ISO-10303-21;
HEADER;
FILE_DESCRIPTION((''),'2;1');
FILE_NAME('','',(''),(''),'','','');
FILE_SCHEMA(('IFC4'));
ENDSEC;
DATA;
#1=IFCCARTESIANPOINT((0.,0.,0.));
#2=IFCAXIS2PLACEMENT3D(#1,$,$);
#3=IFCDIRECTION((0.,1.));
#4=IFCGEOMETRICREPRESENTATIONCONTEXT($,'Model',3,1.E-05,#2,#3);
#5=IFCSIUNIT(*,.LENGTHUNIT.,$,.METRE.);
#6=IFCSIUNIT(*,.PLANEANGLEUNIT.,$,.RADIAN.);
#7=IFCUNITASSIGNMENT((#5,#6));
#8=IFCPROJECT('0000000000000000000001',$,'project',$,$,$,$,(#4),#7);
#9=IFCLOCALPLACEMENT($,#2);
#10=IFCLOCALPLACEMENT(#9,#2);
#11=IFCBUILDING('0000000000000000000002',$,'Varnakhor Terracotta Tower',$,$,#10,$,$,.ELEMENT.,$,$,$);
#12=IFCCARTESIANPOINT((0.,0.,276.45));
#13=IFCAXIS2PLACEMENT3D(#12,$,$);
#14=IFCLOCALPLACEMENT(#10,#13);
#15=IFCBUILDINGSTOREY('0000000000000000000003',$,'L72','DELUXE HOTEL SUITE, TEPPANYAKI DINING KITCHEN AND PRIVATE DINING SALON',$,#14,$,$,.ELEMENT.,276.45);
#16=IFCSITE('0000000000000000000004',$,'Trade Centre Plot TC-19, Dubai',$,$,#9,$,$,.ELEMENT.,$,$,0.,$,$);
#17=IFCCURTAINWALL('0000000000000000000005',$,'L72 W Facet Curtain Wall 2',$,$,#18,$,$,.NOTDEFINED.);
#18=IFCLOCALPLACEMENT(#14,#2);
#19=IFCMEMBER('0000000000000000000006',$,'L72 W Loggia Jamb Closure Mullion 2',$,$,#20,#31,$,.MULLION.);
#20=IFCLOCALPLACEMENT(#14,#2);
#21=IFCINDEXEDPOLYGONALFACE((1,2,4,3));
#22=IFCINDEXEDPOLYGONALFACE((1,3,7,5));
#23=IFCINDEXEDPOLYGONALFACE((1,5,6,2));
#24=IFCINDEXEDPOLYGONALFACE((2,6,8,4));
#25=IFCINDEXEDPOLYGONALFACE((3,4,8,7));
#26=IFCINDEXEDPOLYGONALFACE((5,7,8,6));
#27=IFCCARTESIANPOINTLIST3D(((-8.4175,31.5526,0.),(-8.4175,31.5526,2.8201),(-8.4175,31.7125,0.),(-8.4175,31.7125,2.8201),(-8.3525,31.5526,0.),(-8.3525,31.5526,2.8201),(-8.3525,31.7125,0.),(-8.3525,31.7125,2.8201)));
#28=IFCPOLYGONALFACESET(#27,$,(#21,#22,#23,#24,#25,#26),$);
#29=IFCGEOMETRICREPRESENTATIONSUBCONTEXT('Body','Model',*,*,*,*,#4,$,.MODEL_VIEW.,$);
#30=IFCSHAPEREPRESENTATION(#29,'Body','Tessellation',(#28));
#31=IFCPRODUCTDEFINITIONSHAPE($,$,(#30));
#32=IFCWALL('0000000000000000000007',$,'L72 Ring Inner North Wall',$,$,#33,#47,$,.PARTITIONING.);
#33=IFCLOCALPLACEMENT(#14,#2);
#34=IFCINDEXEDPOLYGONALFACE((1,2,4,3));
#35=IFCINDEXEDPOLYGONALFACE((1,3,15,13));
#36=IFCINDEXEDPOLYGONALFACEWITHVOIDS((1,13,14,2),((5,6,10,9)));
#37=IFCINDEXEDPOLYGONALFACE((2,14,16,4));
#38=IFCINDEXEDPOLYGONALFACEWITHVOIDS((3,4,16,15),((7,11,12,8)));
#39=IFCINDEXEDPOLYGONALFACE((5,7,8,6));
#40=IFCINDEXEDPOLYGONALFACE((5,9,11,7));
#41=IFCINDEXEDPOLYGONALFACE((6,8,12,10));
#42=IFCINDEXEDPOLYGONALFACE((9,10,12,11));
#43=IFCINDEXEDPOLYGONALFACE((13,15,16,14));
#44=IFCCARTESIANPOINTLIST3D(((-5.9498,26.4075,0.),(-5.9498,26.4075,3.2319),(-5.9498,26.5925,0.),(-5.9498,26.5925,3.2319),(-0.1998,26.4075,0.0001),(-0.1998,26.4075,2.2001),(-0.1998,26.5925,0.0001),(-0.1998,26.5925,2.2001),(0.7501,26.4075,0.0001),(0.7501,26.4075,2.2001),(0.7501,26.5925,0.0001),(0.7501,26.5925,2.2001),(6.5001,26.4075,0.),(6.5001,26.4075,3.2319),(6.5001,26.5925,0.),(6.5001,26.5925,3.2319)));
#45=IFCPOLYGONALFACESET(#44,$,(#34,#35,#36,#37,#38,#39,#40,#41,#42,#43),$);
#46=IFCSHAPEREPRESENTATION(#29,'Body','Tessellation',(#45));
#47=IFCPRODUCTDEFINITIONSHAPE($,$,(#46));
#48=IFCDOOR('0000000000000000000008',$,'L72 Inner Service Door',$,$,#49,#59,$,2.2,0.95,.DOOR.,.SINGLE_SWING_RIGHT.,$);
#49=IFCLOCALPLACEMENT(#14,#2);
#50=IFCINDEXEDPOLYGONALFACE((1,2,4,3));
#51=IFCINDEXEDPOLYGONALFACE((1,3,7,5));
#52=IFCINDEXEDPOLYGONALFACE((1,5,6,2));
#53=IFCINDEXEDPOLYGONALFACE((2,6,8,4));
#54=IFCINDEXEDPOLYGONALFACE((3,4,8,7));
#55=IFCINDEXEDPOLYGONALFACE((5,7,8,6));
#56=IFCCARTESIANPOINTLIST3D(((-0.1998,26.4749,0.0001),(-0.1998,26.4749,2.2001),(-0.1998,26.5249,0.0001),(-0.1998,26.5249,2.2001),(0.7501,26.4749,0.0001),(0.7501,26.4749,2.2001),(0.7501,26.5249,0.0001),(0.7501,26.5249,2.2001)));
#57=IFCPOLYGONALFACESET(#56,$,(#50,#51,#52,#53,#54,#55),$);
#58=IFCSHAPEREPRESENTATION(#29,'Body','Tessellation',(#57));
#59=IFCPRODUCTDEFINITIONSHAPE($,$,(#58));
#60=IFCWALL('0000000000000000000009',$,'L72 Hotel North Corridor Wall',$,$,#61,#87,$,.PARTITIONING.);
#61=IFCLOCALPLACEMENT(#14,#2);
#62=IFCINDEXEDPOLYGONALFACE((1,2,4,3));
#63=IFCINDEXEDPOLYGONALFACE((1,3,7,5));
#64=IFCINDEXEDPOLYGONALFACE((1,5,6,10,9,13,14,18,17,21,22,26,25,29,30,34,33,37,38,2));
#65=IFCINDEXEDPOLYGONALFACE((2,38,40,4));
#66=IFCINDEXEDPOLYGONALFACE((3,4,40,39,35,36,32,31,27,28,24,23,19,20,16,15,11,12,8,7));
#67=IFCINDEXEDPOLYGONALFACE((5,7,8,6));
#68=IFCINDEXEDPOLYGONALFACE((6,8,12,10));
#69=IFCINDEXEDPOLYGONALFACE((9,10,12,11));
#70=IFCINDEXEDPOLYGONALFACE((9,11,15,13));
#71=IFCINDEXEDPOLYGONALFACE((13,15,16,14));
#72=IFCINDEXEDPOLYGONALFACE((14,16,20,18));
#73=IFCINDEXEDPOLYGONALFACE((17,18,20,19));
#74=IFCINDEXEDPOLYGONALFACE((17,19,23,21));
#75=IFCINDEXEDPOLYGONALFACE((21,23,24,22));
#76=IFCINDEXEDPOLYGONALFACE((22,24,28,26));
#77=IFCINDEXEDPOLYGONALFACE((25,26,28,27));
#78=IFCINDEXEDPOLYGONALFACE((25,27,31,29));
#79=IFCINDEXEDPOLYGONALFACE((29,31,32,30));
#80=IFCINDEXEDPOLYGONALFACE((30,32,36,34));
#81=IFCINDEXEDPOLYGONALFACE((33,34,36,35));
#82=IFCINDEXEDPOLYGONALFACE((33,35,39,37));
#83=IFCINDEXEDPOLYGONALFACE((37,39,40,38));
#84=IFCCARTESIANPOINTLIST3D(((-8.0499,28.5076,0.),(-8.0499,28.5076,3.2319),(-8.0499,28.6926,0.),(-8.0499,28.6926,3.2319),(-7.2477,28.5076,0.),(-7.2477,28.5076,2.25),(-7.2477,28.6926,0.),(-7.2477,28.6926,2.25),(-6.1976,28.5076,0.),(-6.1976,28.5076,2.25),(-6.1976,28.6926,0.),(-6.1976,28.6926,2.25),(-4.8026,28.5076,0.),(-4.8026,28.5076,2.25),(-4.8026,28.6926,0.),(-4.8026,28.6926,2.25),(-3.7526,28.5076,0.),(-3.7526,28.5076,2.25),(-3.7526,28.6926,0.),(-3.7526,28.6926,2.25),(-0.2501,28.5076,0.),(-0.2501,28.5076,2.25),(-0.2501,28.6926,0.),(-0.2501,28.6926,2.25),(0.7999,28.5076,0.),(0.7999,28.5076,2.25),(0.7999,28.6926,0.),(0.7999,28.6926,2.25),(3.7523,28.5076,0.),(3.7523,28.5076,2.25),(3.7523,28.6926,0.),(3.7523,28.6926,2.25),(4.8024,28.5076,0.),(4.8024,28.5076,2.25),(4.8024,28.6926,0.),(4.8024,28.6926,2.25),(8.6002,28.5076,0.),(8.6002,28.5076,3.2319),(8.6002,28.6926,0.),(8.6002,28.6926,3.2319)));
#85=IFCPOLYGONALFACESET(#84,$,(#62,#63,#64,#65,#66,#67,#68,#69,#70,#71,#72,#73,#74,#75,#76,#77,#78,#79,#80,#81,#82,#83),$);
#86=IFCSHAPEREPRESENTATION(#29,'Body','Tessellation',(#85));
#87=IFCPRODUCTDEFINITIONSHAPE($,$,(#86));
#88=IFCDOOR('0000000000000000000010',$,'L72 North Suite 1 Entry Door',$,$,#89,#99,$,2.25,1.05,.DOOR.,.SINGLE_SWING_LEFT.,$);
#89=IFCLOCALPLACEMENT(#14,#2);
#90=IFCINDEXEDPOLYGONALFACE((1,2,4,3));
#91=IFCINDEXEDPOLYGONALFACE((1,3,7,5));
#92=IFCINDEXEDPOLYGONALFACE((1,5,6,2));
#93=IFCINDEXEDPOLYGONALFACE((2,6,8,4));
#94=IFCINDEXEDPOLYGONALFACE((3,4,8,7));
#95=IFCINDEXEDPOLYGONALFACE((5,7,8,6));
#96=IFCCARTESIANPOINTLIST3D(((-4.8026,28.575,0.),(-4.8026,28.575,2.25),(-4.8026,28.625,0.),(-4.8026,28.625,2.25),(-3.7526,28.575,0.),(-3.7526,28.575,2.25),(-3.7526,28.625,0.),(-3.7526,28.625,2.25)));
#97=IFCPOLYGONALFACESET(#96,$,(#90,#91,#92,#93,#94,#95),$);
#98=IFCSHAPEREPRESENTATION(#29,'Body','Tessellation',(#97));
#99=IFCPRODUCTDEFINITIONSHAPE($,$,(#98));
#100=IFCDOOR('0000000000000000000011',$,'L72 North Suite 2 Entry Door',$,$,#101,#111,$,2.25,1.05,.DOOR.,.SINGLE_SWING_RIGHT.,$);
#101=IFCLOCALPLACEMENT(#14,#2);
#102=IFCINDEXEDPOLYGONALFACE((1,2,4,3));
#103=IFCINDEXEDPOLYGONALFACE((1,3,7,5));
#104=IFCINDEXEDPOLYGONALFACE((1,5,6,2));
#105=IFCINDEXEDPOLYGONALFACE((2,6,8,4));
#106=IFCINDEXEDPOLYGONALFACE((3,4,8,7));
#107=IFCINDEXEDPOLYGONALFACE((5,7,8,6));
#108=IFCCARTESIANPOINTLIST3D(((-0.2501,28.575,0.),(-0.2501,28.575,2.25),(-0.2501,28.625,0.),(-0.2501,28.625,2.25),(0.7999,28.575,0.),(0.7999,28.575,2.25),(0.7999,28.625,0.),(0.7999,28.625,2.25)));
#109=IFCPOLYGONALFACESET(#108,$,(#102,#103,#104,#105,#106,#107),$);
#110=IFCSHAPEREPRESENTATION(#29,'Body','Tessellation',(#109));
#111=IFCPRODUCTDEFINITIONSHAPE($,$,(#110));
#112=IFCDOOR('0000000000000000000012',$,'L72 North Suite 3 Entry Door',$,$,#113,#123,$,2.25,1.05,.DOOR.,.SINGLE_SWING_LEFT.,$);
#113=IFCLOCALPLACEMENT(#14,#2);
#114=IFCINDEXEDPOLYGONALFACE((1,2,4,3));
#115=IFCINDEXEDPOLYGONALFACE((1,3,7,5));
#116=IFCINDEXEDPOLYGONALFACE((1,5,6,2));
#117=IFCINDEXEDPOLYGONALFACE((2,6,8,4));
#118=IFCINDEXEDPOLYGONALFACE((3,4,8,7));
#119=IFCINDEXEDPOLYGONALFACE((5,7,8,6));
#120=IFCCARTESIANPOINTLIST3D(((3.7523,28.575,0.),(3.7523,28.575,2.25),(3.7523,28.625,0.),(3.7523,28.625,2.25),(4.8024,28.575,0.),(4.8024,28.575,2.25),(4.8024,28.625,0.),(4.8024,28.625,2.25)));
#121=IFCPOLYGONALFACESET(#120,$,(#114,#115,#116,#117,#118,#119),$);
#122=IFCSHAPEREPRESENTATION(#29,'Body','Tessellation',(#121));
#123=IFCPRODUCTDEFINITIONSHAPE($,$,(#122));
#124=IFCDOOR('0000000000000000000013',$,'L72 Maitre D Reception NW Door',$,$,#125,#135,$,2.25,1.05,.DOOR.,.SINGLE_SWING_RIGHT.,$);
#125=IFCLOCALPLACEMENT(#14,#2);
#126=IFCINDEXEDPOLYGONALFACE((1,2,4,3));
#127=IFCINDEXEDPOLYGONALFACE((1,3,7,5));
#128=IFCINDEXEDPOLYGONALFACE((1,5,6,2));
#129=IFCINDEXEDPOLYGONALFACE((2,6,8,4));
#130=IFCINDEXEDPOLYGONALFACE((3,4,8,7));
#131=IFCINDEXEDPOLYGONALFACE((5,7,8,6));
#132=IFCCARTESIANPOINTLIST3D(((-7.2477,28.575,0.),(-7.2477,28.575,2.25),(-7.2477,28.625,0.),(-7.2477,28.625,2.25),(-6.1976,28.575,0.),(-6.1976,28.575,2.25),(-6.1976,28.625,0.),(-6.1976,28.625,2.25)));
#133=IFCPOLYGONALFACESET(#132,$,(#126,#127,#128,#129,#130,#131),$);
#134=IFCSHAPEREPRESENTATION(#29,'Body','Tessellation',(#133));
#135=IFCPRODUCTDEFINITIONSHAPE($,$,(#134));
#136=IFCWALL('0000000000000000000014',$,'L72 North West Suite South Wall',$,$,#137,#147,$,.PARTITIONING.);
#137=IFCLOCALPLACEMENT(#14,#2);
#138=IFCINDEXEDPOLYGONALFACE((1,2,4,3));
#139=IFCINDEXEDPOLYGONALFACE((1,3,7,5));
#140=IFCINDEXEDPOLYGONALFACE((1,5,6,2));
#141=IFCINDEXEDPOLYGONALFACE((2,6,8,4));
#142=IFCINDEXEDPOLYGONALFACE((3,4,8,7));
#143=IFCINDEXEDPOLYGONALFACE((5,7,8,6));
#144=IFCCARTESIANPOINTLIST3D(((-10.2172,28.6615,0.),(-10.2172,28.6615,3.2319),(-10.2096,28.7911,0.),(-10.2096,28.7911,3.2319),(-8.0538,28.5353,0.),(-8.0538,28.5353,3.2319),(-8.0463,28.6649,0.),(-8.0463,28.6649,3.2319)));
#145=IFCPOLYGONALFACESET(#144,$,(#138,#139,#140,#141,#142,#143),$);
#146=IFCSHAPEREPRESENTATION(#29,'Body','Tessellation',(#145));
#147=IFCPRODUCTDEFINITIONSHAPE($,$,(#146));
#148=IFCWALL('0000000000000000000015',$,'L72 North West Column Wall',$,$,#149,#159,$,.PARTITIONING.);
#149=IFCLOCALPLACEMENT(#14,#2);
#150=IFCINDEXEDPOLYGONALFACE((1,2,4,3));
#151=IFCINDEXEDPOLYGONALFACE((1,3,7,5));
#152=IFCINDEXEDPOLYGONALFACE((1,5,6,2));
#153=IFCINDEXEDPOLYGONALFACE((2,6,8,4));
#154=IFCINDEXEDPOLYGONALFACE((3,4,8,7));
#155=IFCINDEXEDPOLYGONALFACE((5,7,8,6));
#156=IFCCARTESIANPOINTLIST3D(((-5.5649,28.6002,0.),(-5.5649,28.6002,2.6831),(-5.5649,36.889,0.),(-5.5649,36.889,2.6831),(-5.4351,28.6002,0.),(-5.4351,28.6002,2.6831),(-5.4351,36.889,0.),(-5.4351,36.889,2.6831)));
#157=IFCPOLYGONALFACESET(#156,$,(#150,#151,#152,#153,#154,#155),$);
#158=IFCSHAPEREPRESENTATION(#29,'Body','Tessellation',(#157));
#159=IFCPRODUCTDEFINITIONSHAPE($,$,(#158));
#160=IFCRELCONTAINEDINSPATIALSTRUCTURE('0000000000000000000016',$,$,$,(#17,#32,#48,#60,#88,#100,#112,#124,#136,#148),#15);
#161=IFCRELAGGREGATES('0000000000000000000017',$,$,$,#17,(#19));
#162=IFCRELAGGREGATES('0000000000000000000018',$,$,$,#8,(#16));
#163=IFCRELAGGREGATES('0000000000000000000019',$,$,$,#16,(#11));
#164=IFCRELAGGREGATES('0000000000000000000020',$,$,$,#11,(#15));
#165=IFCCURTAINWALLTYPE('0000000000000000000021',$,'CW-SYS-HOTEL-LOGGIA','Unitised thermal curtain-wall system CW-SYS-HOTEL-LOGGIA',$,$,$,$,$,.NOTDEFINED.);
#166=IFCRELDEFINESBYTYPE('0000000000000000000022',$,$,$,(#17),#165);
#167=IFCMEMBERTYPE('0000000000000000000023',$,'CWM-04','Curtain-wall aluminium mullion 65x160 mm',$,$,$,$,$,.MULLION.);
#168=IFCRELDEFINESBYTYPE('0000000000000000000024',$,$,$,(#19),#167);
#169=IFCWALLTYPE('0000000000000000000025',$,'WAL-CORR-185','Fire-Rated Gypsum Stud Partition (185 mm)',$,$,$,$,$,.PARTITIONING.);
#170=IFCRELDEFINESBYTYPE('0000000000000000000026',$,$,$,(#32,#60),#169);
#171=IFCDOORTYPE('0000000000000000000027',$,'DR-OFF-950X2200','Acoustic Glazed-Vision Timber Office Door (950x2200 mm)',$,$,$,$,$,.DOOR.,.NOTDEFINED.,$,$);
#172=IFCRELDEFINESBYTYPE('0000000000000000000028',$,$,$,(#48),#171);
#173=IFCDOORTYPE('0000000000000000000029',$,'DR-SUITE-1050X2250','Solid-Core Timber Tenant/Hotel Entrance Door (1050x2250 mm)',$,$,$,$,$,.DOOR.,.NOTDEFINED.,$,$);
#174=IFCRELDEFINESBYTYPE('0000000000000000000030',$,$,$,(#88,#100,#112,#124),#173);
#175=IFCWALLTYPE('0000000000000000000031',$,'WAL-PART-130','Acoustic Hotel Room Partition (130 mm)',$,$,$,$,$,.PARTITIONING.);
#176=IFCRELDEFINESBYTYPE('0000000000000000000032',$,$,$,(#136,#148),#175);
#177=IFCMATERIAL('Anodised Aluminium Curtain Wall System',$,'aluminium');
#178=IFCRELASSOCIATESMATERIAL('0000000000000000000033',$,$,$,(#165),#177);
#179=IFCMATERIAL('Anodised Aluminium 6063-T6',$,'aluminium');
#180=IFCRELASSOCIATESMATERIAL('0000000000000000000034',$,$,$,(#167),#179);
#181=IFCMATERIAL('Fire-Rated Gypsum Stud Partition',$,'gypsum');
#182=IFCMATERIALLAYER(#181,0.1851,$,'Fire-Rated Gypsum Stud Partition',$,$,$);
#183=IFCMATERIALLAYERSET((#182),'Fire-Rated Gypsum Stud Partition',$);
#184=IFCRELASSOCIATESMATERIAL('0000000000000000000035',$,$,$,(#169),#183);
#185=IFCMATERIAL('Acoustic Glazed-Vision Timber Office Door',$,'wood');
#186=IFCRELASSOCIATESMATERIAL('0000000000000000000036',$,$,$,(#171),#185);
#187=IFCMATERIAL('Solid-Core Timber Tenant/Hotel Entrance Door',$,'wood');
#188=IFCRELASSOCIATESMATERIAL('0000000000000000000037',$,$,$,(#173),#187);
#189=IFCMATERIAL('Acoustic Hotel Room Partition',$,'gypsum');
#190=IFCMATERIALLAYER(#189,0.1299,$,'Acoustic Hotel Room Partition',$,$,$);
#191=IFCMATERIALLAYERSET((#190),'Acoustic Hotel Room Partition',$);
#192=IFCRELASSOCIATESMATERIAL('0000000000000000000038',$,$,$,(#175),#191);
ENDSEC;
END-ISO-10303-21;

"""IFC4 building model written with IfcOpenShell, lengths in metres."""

from ifc_helpers import new_model, si_unit, direction, frame, frame_2d, origin, origin_2d, place, context, subcontext, project, spatial, rectangle, extrude, source, transform, mapped, material, layer, layer_set, material_profile, profile_set, type_object, type_shapes, element, fill, aggregate, save


model = new_model("IFC4")

# Units and contexts
model_context = context("Model", 3, precision=1e-05, world=origin(), true_north=direction((0.0, 1.0)))
body_context = subcontext(model_context, "Body", "Model", "MODEL_VIEW")
ifc_project = project(units=[si_unit("LENGTHUNIT", "METRE"), si_unit("PLANEANGLEUNIT", "RADIAN")], contexts=[model_context])

# Site, building, storey
site_placement = place(None, origin())
site = spatial("IfcSite", under=ifc_project, at=site_placement, Name="Trade Centre Plot TC-19, Dubai", CompositionType="ELEMENT", RefElevation=0.0)
building_placement = place(site_placement, origin())
building = spatial("IfcBuilding", under=site, at=building_placement, Name="Varnakhor Terracotta Tower", CompositionType="ELEMENT")
storey_placement = place(building_placement, frame((0.0, 0.0, 276.45)))
storey = spatial("IfcBuildingStorey", under=building, at=storey_placement, Name="L72", Description="DELUXE HOTEL SUITE, TEPPANYAKI DINING KITCHEN AND PRIVATE DINING SALON", CompositionType="ELEMENT", Elevation=276.45)

# Curtain wall, member
ifc_material_1 = material(Name="Anodised Aluminium Curtain Wall System", Category="aluminium")
curtain_wall_type = type_object("IfcCurtainWallType", Name="CW-SYS-HOTEL-LOGGIA", Description="Unitised thermal curtain-wall system CW-SYS-HOTEL-LOGGIA", PredefinedType="NOTDEFINED", material=ifc_material_1)
curtain_wall_placement = place(storey_placement, origin())
curtain_wall = element("IfcCurtainWall", 1, at=curtain_wall_placement, inside=storey, type_object=curtain_wall_type, Name="L72 W Facet Curtain Wall 2", PredefinedType="NOTDEFINED")
ifc_material_2 = material(Name="Anodised Aluminium 6063-T6", Category="aluminium")
ifc_material_profile_1 = material_profile(ifc_material_2, rectangle(XDim=0.0649, YDim=0.1599, at=origin_2d()), Name="ALU MULLION 65x160")
ifc_profile_set_1 = profile_set([ifc_material_profile_1], Name="Anodised Aluminium 6063-T6")
member_type = type_object("IfcMemberType", Name="CWM-04", Description="Curtain-wall aluminium mullion 65x160 mm", PredefinedType="MULLION", material=ifc_profile_set_1)
shared_shape_1 = source(origin(), body_context, "Body", "SweptSolid", [
    extrude(rectangle(XDim=0.0649, YDim=0.1599, at=origin_2d()), origin(), (0.0, 0.0, 1.0), 2.8201),
])
type_shapes(member_type, [shared_shape_1])
member_placement = place(storey_placement, frame((-8.385, 31.6326, 0.0), z_axis=(0.0, 0.0, 1.0), x_axis=(1.0, 0.0, 0.0)))
member = element("IfcMember", 2, at=member_placement, type_object=member_type, Name="L72 W Loggia Jamb Closure Mullion 2", PredefinedType="MULLION", context=body_context, shape_type="MappedRepresentation", body=[
    mapped(shared_shape_1, transform((0.0, 0.0, 0.0), scale=1.0)),
])
aggregate(curtain_wall, [member])

# Wall, opening, door
ifc_material_3 = material(Name="Fire-Rated Gypsum Stud Partition", Category="gypsum")
ifc_layer_1 = layer(ifc_material_3, 0.1851, Name="Fire-Rated Gypsum Stud Partition")
ifc_layer_set_1 = layer_set([ifc_layer_1], Name="Fire-Rated Gypsum Stud Partition")
wall_type_1 = type_object("IfcWallType", Name="WAL-CORR-185", Description="Fire-Rated Gypsum Stud Partition (185 mm)", PredefinedType="PARTITIONING", material=ifc_layer_set_1)
wall_1_placement = place(storey_placement, frame((-5.95, 26.5, 0.0), z_axis=(0.0, 0.0, 1.0), x_axis=(1.0, 0.0, 0.0)))
wall_1 = element("IfcWall", 3, at=wall_1_placement, inside=storey, type_object=wall_type_1, Name="L72 Ring Inner North Wall", PredefinedType="PARTITIONING", context=body_context, shape_type="SweptSolid", body=[
    extrude(rectangle(XDim=12.45, YDim=0.1851, at=frame_2d((6.2251, 0.0))), origin(), (0.0, 0.0, 1.0), 3.2319),
])
opening_1_placement = place(wall_1_placement, frame((5.75, 0.0, 0.0)))
opening_1 = element("IfcOpeningElement", 4, at=opening_1_placement, cuts=wall_1, PredefinedType="OPENING", context=body_context, shape_type="SweptSolid", body=[
    extrude(rectangle(XDim=0.95, YDim=2.2, at=frame_2d((0.4751, 1.1001))), frame((0.0, 0.1025, 0.0), z_axis=(0.0, -1.0, 0.0), x_axis=(1.0, 0.0, 0.0)), (0.0, 0.0, 1.0), 0.2051),
])
ifc_material_4 = material(Name="Acoustic Glazed-Vision Timber Office Door", Category="wood")
door_type_1 = type_object("IfcDoorType", Name="DR-OFF-950X2200", Description="Acoustic Glazed-Vision Timber Office Door (950x2200 mm)", OperationType="NOTDEFINED", PredefinedType="DOOR", material=ifc_material_4)
shared_shape_2 = source(origin(), body_context, "Body", "SweptSolid", [
    extrude(rectangle(XDim=0.95, YDim=2.2, at=frame_2d((0.4751, 1.1001))), frame((0.0, 0.0249, 0.0), z_axis=(0.0, -1.0, 0.0), x_axis=(1.0, 0.0, 0.0)), (0.0, 0.0, 1.0), 0.05),
])
type_shapes(door_type_1, [shared_shape_2])
door_1_placement = place(opening_1_placement, origin())
door_1 = element("IfcDoor", 5, at=door_1_placement, inside=storey, type_object=door_type_1, Name="L72 Inner Service Door", OperationType="SINGLE_SWING_RIGHT", OverallHeight=2.2, OverallWidth=0.95, PredefinedType="DOOR", context=body_context, shape_type="MappedRepresentation", body=[
    mapped(shared_shape_2, transform((0.0, 0.0, 0.0), scale=1.0)),
])
fill(opening_1, door_1)

# Wall, openings, doors
wall_2_placement = place(storey_placement, frame((-8.05, 28.6001, 0.0), z_axis=(0.0, 0.0, 1.0), x_axis=(1.0, 0.0, 0.0)))
wall_2 = element("IfcWall", 6, at=wall_2_placement, inside=storey, type_object=wall_type_1, Name="L72 Hotel North Corridor Wall", PredefinedType="PARTITIONING", context=body_context, shape_type="SweptSolid", body=[
    extrude(rectangle(XDim=16.6501, YDim=0.1851, at=frame_2d((8.3252, 0.0))), origin(), (0.0, 0.0, 1.0), 3.2319),
])
opening_2_placement = place(wall_2_placement, frame((3.2476, 0.0, 0.0)))
opening_2 = element("IfcOpeningElement", 7, at=opening_2_placement, cuts=wall_2, PredefinedType="OPENING", context=body_context, shape_type="SweptSolid", body=[
    extrude(rectangle(XDim=1.05, YDim=2.25, at=frame_2d((0.5249, 1.125))), frame((0.0, 0.1025, 0.0), z_axis=(0.0, -1.0, 0.0), x_axis=(1.0, 0.0, 0.0)), (0.0, 0.0, 1.0), 0.2051),
])
opening_3_placement = place(wall_2_placement, frame((7.8, 0.0, 0.0)))
opening_3 = element("IfcOpeningElement", 8, at=opening_3_placement, cuts=wall_2, PredefinedType="OPENING", context=body_context, shape_type="SweptSolid", body=[
    extrude(rectangle(XDim=1.05, YDim=2.25, at=frame_2d((0.5249, 1.125))), frame((0.0, 0.1025, 0.0), z_axis=(0.0, -1.0, 0.0), x_axis=(1.0, 0.0, 0.0)), (0.0, 0.0, 1.0), 0.2051),
])
opening_4_placement = place(wall_2_placement, frame((11.8025, 0.0, 0.0)))
opening_4 = element("IfcOpeningElement", 9, at=opening_4_placement, cuts=wall_2, PredefinedType="OPENING", context=body_context, shape_type="SweptSolid", body=[
    extrude(rectangle(XDim=1.05, YDim=2.25, at=frame_2d((0.5249, 1.125))), frame((0.0, 0.1025, 0.0), z_axis=(0.0, -1.0, 0.0), x_axis=(1.0, 0.0, 0.0)), (0.0, 0.0, 1.0), 0.2051),
])
opening_5_placement = place(wall_2_placement, frame((0.8025, 0.0, 0.0)))
opening_5 = element("IfcOpeningElement", 10, at=opening_5_placement, cuts=wall_2, PredefinedType="OPENING", context=body_context, shape_type="SweptSolid", body=[
    extrude(rectangle(XDim=1.05, YDim=2.25, at=frame_2d((0.5249, 1.125))), frame((0.0, 0.1025, 0.0), z_axis=(0.0, -1.0, 0.0), x_axis=(1.0, 0.0, 0.0)), (0.0, 0.0, 1.0), 0.2051),
])
ifc_material_5 = material(Name="Solid-Core Timber Tenant/Hotel Entrance Door", Category="wood")
door_type_2 = type_object("IfcDoorType", Name="DR-SUITE-1050X2250", Description="Solid-Core Timber Tenant/Hotel Entrance Door (1050x2250 mm)", OperationType="NOTDEFINED", PredefinedType="DOOR", material=ifc_material_5)
shared_shape_3 = source(origin(), body_context, "Body", "SweptSolid", [
    extrude(rectangle(XDim=1.05, YDim=2.25, at=frame_2d((0.5249, 1.125))), frame((0.0, 0.0249, 0.0), z_axis=(0.0, -1.0, 0.0), x_axis=(1.0, 0.0, 0.0)), (0.0, 0.0, 1.0), 0.05),
])
type_shapes(door_type_2, [shared_shape_3])
door_2_placement = place(opening_2_placement, origin())
door_2 = element("IfcDoor", 11, at=door_2_placement, inside=storey, type_object=door_type_2, Name="L72 North Suite 1 Entry Door", OperationType="SINGLE_SWING_LEFT", OverallHeight=2.25, OverallWidth=1.05, PredefinedType="DOOR", context=body_context, shape_type="MappedRepresentation", body=[
    mapped(shared_shape_3, transform((0.0, 0.0, 0.0), scale=1.0)),
])
fill(opening_2, door_2)
door_3_placement = place(opening_3_placement, origin())
door_3 = element("IfcDoor", 12, at=door_3_placement, inside=storey, type_object=door_type_2, Name="L72 North Suite 2 Entry Door", OperationType="SINGLE_SWING_RIGHT", OverallHeight=2.25, OverallWidth=1.05, PredefinedType="DOOR", context=body_context, shape_type="MappedRepresentation", body=[
    mapped(shared_shape_3, transform((0.0, 0.0, 0.0), scale=1.0)),
])
fill(opening_3, door_3)
door_4_placement = place(opening_4_placement, origin())
door_4 = element("IfcDoor", 13, at=door_4_placement, inside=storey, type_object=door_type_2, Name="L72 North Suite 3 Entry Door", OperationType="SINGLE_SWING_LEFT", OverallHeight=2.25, OverallWidth=1.05, PredefinedType="DOOR", context=body_context, shape_type="MappedRepresentation", body=[
    mapped(shared_shape_3, transform((0.0, 0.0, 0.0), scale=1.0)),
])
fill(opening_4, door_4)
door_5_placement = place(opening_5_placement, origin())
door_5 = element("IfcDoor", 14, at=door_5_placement, inside=storey, type_object=door_type_2, Name="L72 Maitre D Reception NW Door", OperationType="SINGLE_SWING_RIGHT", OverallHeight=2.25, OverallWidth=1.05, PredefinedType="DOOR", context=body_context, shape_type="MappedRepresentation", body=[
    mapped(shared_shape_3, transform((0.0, 0.0, 0.0), scale=1.0)),
])
fill(opening_5, door_5)

# Walls
ifc_material_6 = material(Name="Acoustic Hotel Room Partition", Category="gypsum")
ifc_layer_2 = layer(ifc_material_6, 0.1299, Name="Acoustic Hotel Room Partition")
ifc_layer_set_2 = layer_set([ifc_layer_2], Name="Acoustic Hotel Room Partition")
wall_type_2 = type_object("IfcWallType", Name="WAL-PART-130", Description="Acoustic Hotel Room Partition (130 mm)", PredefinedType="PARTITIONING", material=ifc_layer_set_2)
wall_3_placement = place(storey_placement, frame((-10.2134, 28.7263, 0.0), z_axis=(0.0, 0.0, 1.0), x_axis=(0.998302, -0.058247, 0.0)))
element("IfcWall", 15, at=wall_3_placement, inside=storey, type_object=wall_type_2, Name="L72 North West Suite South Wall", PredefinedType="PARTITIONING", context=body_context, shape_type="SweptSolid", body=[
    extrude(rectangle(XDim=2.167, YDim=0.1299, at=frame_2d((1.0835, 0.0))), origin(), (0.0, 0.0, 1.0), 3.2319),
])
wall_4_placement = place(storey_placement, frame((-5.5, 28.6001, 0.0), z_axis=(0.0, 0.0, 1.0), x_axis=(0.0, 1.0, 0.0)))
element("IfcWall", 16, at=wall_4_placement, inside=storey, type_object=wall_type_2, Name="L72 North West Column Wall", PredefinedType="PARTITIONING", context=body_context, shape_type="SweptSolid", body=[
    extrude(rectangle(XDim=8.2888, YDim=0.1299, at=frame_2d((4.1445, 0.0))), origin(), (0.0, 0.0, 1.0), 2.6831),
])

save(model, "model.ifc")
